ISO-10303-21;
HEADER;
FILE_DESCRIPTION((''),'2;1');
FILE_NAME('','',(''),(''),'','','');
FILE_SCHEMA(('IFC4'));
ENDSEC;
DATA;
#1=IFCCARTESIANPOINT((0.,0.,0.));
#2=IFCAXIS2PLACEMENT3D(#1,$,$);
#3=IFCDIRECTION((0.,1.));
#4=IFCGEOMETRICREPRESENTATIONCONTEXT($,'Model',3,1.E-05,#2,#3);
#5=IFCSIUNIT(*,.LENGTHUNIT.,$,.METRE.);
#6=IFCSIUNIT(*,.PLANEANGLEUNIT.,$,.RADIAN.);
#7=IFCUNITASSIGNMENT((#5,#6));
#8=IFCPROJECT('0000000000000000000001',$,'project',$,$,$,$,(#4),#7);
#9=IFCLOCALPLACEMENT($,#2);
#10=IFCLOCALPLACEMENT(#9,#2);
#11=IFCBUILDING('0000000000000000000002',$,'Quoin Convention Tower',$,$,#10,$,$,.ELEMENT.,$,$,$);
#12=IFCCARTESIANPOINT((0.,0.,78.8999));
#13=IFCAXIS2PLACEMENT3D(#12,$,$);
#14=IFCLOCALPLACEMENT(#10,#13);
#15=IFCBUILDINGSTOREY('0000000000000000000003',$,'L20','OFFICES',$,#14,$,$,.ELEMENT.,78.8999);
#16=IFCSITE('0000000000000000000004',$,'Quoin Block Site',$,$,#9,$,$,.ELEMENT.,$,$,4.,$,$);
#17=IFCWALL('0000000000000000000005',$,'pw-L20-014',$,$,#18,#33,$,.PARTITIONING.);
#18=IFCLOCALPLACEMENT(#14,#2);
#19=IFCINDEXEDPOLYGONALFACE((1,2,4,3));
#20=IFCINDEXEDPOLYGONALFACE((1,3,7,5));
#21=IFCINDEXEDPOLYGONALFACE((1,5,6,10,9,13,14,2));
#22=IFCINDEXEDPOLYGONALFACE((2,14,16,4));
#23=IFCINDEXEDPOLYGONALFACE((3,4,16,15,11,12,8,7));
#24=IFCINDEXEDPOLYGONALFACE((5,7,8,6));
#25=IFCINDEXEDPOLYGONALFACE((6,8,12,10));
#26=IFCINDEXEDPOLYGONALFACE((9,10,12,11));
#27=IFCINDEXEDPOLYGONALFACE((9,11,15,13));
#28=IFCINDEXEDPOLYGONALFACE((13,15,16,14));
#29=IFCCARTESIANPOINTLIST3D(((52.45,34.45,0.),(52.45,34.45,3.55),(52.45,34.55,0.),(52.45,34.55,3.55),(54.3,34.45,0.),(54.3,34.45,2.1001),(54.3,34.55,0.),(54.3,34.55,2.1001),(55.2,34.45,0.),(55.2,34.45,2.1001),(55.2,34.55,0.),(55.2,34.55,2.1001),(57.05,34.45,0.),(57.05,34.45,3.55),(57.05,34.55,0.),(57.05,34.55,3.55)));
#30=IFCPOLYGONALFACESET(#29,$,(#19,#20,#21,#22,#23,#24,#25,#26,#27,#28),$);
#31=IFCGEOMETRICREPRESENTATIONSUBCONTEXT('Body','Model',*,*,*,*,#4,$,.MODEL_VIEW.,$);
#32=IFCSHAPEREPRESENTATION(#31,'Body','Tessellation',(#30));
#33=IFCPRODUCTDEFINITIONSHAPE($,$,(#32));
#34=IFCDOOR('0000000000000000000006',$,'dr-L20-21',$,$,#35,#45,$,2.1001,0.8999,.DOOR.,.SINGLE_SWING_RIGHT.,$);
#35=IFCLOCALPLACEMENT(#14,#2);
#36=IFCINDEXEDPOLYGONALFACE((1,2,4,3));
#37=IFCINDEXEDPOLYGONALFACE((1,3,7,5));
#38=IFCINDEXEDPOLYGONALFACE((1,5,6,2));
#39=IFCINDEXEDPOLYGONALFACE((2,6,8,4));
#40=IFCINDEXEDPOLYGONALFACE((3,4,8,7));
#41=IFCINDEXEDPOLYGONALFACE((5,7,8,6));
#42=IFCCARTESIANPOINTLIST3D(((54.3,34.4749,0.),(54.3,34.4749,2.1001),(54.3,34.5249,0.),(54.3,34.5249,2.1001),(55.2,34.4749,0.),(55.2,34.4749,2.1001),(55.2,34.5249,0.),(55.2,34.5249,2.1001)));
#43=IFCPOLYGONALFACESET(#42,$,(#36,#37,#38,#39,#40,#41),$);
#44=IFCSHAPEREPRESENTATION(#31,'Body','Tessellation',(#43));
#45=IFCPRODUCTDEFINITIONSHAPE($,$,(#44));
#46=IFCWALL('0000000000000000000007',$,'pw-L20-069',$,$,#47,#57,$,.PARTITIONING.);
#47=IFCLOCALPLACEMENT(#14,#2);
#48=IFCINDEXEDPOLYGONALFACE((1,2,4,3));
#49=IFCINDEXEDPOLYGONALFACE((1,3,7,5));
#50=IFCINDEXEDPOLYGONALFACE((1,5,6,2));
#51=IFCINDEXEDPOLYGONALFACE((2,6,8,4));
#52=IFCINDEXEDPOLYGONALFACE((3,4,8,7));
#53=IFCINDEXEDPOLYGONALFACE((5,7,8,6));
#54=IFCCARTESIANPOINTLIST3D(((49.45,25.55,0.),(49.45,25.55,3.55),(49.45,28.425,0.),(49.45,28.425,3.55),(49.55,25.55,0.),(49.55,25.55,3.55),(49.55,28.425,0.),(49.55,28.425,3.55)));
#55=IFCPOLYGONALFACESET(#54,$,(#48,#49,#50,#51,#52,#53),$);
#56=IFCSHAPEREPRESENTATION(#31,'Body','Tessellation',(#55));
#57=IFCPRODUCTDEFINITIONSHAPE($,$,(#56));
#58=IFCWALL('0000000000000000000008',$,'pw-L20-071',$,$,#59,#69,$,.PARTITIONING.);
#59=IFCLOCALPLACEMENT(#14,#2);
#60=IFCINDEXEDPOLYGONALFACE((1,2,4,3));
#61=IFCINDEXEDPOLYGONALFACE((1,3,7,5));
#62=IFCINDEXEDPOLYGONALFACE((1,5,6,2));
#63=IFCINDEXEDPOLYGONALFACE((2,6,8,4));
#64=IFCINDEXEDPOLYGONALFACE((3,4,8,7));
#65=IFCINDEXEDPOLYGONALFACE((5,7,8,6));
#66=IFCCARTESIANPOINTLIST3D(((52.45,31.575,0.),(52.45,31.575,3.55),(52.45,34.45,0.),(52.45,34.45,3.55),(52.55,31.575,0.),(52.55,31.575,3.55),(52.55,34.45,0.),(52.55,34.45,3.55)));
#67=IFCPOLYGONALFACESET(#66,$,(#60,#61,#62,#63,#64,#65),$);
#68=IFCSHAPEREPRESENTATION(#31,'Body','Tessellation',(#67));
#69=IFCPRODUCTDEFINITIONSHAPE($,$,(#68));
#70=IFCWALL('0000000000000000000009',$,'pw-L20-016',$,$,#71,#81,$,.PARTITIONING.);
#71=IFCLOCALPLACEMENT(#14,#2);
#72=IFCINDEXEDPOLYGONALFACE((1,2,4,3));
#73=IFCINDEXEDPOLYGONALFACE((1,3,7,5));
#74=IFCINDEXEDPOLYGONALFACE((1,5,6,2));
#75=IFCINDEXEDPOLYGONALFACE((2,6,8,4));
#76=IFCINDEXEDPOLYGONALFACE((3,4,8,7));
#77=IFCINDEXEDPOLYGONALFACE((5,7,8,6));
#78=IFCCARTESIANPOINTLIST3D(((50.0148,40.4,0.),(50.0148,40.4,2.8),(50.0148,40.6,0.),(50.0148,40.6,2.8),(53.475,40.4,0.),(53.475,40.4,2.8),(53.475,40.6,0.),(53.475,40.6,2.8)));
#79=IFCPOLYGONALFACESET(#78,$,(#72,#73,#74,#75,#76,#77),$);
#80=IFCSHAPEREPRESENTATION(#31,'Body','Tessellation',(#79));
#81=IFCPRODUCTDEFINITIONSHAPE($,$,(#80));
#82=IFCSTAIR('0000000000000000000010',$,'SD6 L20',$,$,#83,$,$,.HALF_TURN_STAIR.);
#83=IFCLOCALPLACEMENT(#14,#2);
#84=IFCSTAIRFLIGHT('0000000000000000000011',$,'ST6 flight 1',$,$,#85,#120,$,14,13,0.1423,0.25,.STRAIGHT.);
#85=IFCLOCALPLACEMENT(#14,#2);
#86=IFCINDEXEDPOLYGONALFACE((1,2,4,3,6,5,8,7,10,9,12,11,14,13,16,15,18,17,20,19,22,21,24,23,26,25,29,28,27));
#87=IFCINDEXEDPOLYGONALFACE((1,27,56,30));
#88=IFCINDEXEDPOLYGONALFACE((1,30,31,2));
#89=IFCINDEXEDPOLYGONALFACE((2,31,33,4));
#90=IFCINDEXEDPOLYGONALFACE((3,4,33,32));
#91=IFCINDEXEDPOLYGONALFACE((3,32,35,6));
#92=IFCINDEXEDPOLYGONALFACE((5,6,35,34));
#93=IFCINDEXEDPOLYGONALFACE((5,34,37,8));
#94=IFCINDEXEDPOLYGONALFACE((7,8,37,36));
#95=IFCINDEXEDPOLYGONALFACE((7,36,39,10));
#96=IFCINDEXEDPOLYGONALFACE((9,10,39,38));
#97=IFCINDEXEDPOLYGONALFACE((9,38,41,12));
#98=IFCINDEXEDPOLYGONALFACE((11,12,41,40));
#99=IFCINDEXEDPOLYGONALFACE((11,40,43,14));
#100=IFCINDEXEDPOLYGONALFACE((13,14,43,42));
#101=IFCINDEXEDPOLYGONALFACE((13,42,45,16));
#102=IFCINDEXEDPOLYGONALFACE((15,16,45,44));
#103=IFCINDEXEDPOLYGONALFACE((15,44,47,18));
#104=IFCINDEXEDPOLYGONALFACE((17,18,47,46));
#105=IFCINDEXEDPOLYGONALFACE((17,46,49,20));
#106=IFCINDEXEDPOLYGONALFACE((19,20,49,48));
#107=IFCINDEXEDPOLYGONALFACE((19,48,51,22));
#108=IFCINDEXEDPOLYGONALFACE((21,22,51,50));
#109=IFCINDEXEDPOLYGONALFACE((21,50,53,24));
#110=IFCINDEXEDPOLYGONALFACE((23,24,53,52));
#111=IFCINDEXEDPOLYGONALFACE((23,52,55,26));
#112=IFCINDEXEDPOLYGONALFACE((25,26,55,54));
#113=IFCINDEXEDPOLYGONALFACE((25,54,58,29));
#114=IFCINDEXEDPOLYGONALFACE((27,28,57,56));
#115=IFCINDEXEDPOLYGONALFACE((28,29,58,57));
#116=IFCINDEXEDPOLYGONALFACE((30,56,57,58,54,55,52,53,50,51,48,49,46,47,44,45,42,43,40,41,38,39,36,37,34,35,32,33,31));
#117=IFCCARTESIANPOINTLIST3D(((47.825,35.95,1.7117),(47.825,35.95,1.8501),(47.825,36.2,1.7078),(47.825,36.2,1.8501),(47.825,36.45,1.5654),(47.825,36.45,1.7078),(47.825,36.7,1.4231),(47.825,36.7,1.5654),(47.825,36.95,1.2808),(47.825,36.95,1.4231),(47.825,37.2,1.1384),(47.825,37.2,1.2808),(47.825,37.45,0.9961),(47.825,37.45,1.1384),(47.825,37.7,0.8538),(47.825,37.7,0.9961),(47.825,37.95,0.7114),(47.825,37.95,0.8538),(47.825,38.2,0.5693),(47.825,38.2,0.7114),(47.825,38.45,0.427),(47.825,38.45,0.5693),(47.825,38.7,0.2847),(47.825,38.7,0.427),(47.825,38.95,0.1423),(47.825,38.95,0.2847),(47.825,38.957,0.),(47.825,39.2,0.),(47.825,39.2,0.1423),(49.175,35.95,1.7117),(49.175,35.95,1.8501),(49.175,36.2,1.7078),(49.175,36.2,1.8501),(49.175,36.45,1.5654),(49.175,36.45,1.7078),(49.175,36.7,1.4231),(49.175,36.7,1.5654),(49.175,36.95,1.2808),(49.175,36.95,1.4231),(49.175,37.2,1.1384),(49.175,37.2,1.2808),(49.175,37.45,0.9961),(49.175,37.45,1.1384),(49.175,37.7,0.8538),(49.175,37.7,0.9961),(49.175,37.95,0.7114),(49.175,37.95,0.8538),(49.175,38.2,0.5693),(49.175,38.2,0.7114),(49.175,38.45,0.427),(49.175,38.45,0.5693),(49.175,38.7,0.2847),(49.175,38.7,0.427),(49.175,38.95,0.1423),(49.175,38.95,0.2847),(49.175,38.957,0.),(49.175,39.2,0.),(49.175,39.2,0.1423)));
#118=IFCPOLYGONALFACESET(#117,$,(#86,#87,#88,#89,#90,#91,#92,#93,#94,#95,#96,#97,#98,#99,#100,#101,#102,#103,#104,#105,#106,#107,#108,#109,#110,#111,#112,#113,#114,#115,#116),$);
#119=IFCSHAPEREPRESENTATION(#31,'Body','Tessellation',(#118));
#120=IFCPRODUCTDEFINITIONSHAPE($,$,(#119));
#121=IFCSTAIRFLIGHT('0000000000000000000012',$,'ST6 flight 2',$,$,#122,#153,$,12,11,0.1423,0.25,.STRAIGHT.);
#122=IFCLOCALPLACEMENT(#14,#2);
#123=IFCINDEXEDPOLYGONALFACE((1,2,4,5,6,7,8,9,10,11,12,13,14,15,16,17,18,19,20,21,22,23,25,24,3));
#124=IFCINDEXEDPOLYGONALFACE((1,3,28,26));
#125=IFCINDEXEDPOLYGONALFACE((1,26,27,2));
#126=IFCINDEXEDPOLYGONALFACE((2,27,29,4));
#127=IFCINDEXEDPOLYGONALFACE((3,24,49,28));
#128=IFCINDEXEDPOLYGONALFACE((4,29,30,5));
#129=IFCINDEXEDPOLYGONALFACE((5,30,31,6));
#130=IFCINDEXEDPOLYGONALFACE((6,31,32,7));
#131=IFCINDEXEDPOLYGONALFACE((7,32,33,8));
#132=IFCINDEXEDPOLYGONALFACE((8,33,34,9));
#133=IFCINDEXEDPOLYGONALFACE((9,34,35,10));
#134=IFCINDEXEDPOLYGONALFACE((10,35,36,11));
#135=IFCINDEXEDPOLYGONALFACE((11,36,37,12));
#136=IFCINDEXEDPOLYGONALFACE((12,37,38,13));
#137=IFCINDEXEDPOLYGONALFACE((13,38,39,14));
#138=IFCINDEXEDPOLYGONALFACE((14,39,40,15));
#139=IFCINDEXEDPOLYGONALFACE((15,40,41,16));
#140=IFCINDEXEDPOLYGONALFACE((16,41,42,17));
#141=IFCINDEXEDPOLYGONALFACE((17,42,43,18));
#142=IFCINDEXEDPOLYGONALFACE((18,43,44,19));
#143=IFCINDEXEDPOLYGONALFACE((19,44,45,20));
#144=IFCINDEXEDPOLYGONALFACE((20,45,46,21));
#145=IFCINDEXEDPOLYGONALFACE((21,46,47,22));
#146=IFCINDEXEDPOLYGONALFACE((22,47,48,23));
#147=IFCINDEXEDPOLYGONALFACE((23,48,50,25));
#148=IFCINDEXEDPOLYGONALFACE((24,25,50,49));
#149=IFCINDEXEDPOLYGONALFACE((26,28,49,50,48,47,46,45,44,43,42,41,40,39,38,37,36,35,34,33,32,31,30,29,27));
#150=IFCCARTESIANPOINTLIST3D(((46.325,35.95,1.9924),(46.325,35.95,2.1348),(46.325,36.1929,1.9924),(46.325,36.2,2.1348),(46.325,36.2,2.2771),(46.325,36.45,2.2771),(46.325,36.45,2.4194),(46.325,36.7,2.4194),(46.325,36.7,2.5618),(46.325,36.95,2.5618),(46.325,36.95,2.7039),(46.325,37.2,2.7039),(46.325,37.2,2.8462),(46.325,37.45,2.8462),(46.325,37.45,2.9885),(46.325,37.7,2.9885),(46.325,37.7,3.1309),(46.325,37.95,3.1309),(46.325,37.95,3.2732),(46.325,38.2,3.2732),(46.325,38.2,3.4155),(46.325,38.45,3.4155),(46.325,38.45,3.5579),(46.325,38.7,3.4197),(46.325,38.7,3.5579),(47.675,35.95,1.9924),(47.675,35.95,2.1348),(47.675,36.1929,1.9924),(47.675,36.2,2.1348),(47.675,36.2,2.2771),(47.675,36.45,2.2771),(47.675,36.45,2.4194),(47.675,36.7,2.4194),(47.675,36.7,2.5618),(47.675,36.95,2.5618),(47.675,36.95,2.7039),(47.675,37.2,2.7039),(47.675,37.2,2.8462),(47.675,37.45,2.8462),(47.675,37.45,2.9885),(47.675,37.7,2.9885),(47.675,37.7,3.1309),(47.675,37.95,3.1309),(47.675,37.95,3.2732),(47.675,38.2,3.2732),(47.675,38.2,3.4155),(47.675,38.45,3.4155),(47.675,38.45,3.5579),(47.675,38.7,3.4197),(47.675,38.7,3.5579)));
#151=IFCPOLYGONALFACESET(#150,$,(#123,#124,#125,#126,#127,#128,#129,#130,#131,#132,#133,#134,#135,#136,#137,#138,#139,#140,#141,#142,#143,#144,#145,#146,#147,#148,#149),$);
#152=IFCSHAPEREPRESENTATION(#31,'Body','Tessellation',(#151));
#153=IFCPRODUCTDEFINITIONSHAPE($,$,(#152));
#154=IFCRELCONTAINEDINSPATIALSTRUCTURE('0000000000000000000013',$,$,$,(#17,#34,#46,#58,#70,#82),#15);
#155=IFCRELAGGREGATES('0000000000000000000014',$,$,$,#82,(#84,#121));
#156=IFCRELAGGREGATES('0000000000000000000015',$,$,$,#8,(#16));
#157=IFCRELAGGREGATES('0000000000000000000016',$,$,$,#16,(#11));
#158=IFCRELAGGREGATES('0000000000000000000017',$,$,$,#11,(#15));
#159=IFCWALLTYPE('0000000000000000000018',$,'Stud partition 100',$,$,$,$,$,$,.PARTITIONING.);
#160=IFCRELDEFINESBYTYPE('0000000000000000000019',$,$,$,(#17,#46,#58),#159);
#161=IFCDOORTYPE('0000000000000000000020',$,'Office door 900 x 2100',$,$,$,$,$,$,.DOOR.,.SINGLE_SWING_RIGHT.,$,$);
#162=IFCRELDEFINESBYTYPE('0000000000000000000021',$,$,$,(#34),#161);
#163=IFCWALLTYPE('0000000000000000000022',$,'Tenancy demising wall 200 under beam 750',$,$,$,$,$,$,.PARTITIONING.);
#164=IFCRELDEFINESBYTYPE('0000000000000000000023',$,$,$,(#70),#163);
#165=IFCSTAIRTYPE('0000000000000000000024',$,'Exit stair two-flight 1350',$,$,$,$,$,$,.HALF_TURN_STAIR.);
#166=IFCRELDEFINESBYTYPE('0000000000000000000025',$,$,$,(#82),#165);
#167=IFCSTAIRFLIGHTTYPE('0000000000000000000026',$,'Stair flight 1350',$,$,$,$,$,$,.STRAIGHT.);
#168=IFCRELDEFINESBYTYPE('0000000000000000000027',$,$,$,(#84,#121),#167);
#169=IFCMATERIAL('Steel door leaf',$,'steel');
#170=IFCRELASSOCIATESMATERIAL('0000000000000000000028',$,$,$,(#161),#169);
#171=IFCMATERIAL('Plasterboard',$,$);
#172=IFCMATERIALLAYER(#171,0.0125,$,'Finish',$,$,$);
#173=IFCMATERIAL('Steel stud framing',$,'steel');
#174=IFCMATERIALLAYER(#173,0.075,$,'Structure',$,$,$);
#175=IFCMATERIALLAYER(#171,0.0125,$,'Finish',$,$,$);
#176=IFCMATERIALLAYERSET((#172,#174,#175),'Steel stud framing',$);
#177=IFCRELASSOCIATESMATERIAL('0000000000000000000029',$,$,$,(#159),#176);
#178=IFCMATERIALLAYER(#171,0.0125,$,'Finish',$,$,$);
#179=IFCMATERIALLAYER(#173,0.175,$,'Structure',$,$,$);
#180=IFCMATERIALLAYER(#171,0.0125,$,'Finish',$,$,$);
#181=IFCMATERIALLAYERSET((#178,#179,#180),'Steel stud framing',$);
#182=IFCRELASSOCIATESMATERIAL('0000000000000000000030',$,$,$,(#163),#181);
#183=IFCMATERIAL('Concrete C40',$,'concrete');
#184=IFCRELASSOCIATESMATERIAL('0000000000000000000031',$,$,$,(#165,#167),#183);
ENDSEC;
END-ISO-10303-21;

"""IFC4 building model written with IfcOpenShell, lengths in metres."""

from ifc_helpers import new_model, si_unit, direction, frame, frame_2d, origin, place, context, subcontext, project, spatial, polyline, rectangle, outline, extrude, material, layer, layer_set, type_object, element, fill, aggregate, save


model = new_model("IFC4")

# Units and contexts
model_context = context("Model", 3, precision=1e-05, world=origin(), true_north=direction((0.0, 1.0)))
body_context = subcontext(model_context, "Body", "Model", "MODEL_VIEW")
ifc_project = project(units=[si_unit("LENGTHUNIT", "METRE"), si_unit("PLANEANGLEUNIT", "RADIAN")], contexts=[model_context])

# Site, building, storey
site_placement = place(None, origin())
site = spatial("IfcSite", under=ifc_project, at=site_placement, Name="Quoin Block Site", CompositionType="ELEMENT", RefElevation=4.0)
building_placement = place(site_placement, origin())
building = spatial("IfcBuilding", under=site, at=building_placement, Name="Quoin Convention Tower", CompositionType="ELEMENT")
storey_placement = place(building_placement, frame((0.0, 0.0, 78.8999)))
storey = spatial("IfcBuildingStorey", under=building, at=storey_placement, Name="L20", Description="OFFICES", CompositionType="ELEMENT", Elevation=78.8999)

# Shared definitions
ifc_material_1 = material(Name="Plasterboard")
ifc_material_2 = material(Name="Steel stud framing", Category="steel")

# Shared definitions
ifc_material_3 = material(Name="Steel door leaf", Category="steel")
door_type_1 = type_object("IfcDoorType", Name="Office door 900 x 2100", OperationType="SINGLE_SWING_RIGHT", PredefinedType="DOOR", material=ifc_material_3)

# Wall, opening, door
ifc_layer_1 = layer(ifc_material_1, 0.0125, Name="Finish")
ifc_layer_2 = layer(ifc_material_2, 0.075, Name="Structure")
ifc_layer_3 = layer(ifc_material_1, 0.0125, Name="Finish")
ifc_layer_set_1 = layer_set([ifc_layer_1, ifc_layer_2, ifc_layer_3], Name="Steel stud framing")
wall_type_1 = type_object("IfcWallType", Name="Stud partition 100", PredefinedType="PARTITIONING", material=ifc_layer_set_1)
wall_1_placement = place(storey_placement, frame((52.45, 34.5, 0.0), z_axis=(0.0, 0.0, 1.0), x_axis=(1.0, 0.0, 0.0)))
wall_1 = element("IfcWall", 1, at=wall_1_placement, inside=storey, type_object=wall_type_1, Name="pw-L20-014", PredefinedType="PARTITIONING", context=body_context, shape_type="SweptSolid", body=[
    extrude(rectangle(XDim=4.6001, YDim=0.1001, at=frame_2d((2.3, 0.0))), origin(), (0.0, 0.0, 1.0), 3.55),
])
opening_1_placement = place(wall_1_placement, frame((1.8501, 0.0, 0.0)))
opening_1 = element("IfcOpeningElement", 2, at=opening_1_placement, cuts=wall_1, PredefinedType="OPENING", context=body_context, shape_type="SweptSolid", body=[
    extrude(rectangle(XDim=0.8999, YDim=2.1001, at=frame_2d((0.45, 1.05))), frame((0.0, 0.0601, 0.0), z_axis=(0.0, -1.0, 0.0), x_axis=(1.0, 0.0, 0.0)), (0.0, 0.0, 1.0), 0.1201),
])
door_1_placement = place(opening_1_placement, origin())
door_1 = element("IfcDoor", 3, at=door_1_placement, inside=storey, type_object=door_type_1, Name="dr-L20-21", OperationType="SINGLE_SWING_RIGHT", OverallHeight=2.1001, OverallWidth=0.8999, PredefinedType="DOOR", context=body_context, shape_type="SweptSolid", body=[
    extrude(rectangle(XDim=0.8999, YDim=2.1001, at=frame_2d((0.45, 1.05))), frame((0.0, 0.0249, 0.0), z_axis=(0.0, -1.0, 0.0), x_axis=(1.0, 0.0, 0.0)), (0.0, 0.0, 1.0), 0.05),
])
fill(opening_1, door_1)

# Walls
for number, where, z_axis, x_axis, name in (
    (4, (49.5, 25.55, 0.0), (0.0, 0.0, 1.0), (0.0, 1.0, 0.0), "pw-L20-069"),
    (5, (52.5, 31.575, 0.0), (0.0, 0.0, 1.0), (0.0, 1.0, 0.0), "pw-L20-071"),
):
    element("IfcWall", number, at=place(storey_placement, frame(where, z_axis=z_axis, x_axis=x_axis)), inside=storey, type_object=wall_type_1, Name=name, PredefinedType="PARTITIONING", context=body_context, shape_type="SweptSolid", body=[
        extrude(rectangle(XDim=2.875, YDim=0.1001, at=frame_2d((1.4375, 0.0))), origin(), (0.0, 0.0, 1.0), 3.55),
    ])
ifc_layer_4 = layer(ifc_material_1, 0.0125, Name="Finish")
ifc_layer_5 = layer(ifc_material_2, 0.175, Name="Structure")
ifc_layer_6 = layer(ifc_material_1, 0.0125, Name="Finish")
ifc_layer_set_2 = layer_set([ifc_layer_4, ifc_layer_5, ifc_layer_6], Name="Steel stud framing")
wall_type_2 = type_object("IfcWallType", Name="Tenancy demising wall 200 under beam 750", PredefinedType="PARTITIONING", material=ifc_layer_set_2)
wall_2_placement = place(storey_placement, frame((50.0149, 40.5, 0.0), z_axis=(0.0, 0.0, 1.0), x_axis=(1.0, 0.0, 0.0)))
element("IfcWall", 6, at=wall_2_placement, inside=storey, type_object=wall_type_2, Name="pw-L20-016", PredefinedType="PARTITIONING", context=body_context, shape_type="SweptSolid", body=[
    extrude(rectangle(XDim=3.4602, YDim=0.2, at=frame_2d((1.73, 0.0))), origin(), (0.0, 0.0, 1.0), 2.8),
])

# Stair, stair flights
ifc_material_4 = material(Name="Concrete C40", Category="concrete")
stair_type = type_object("IfcStairType", Name="Exit stair two-flight 1350", PredefinedType="HALF_TURN_STAIR", material=ifc_material_4)
stair_placement = place(storey_placement, origin())
stair = element("IfcStair", 7, at=stair_placement, inside=storey, type_object=stair_type, Name="SD6 L20", PredefinedType="HALF_TURN_STAIR")
stair_flight_type = type_object("IfcStairFlightType", Name="Stair flight 1350", PredefinedType="STRAIGHT", material=ifc_material_4)
stair_flight_1_placement = place(storey_placement, frame((48.5, 39.2, 0.0), z_axis=(0.0, 0.0, 1.0), x_axis=(0.0, -1.0, 0.0)))
stair_flight_1 = element("IfcStairFlight", 8, at=stair_flight_1_placement, type_object=stair_flight_type, Name="ST6 flight 1", NumberOfRisers=14, NumberOfTreads=13, PredefinedType="STRAIGHT", RiserHeight=0.1423, TreadLength=0.25, context=body_context, shape_type="SweptSolid", body=[
    extrude(outline(polyline([(0.0, 0.0), (0.0, 0.1423), (0.25, 0.1423), (0.25, 0.2847), (0.5, 0.2847), (0.5, 0.427), (0.75, 0.427), (0.75, 0.5693), (1.0, 0.5693), (1.0, 0.7114), (1.25, 0.7114), (1.25, 0.8538), (1.5, 0.8538), (1.5, 0.9961), (1.75, 0.9961), (1.75, 1.1384), (2.0, 1.1384), (2.0, 1.2808), (2.25, 1.2808), (2.25, 1.4231), (2.5, 1.4231), (2.5, 1.5654), (2.75, 1.5654), (2.75, 1.7078), (3.0, 1.7078), (3.0, 1.8501), (3.25, 1.8501), (3.25, 1.9922), (3.25, 1.7117), (0.2429, 0.0), (0.0, 0.0)])), frame((0.0, 0.675, 0.0), z_axis=(0.0, -1.0, 0.0), x_axis=(1.0, 0.0, 0.0)), (0.0, 0.0, 1.0), 1.3501),
])
stair_flight_2_placement = place(storey_placement, frame((47.0, 35.95, 1.9924), z_axis=(0.0, 0.0, 1.0), x_axis=(0.0, 1.0, 0.0)))
stair_flight_2 = element("IfcStairFlight", 9, at=stair_flight_2_placement, type_object=stair_flight_type, Name="ST6 flight 2", NumberOfRisers=12, NumberOfTreads=11, PredefinedType="STRAIGHT", RiserHeight=0.1423, TreadLength=0.25, context=body_context, shape_type="SweptSolid", body=[
    extrude(outline(polyline([(0.0, 0.0), (0.0, 0.1423), (0.25, 0.1423), (0.25, 0.2847), (0.5, 0.2847), (0.5, 0.427), (0.75, 0.427), (0.75, 0.5693), (1.0, 0.5693), (1.0, 0.7114), (1.25, 0.7114), (1.25, 0.8538), (1.5, 0.8538), (1.5, 0.9961), (1.75, 0.9961), (1.75, 1.1384), (2.0, 1.1384), (2.0, 1.2808), (2.25, 1.2808), (2.25, 1.4231), (2.5, 1.4231), (2.5, 1.5654), (2.75, 1.5654), (2.75, 1.7078), (2.75, 1.4272), (0.2429, 0.0), (0.0, 0.0)])), frame((0.0, 0.675, 0.0), z_axis=(0.0, -1.0, 0.0), x_axis=(1.0, 0.0, 0.0)), (0.0, 0.0, 1.0), 1.3501),
])
aggregate(stair, [stair_flight_1, stair_flight_2])

save(model, "model.ifc")
